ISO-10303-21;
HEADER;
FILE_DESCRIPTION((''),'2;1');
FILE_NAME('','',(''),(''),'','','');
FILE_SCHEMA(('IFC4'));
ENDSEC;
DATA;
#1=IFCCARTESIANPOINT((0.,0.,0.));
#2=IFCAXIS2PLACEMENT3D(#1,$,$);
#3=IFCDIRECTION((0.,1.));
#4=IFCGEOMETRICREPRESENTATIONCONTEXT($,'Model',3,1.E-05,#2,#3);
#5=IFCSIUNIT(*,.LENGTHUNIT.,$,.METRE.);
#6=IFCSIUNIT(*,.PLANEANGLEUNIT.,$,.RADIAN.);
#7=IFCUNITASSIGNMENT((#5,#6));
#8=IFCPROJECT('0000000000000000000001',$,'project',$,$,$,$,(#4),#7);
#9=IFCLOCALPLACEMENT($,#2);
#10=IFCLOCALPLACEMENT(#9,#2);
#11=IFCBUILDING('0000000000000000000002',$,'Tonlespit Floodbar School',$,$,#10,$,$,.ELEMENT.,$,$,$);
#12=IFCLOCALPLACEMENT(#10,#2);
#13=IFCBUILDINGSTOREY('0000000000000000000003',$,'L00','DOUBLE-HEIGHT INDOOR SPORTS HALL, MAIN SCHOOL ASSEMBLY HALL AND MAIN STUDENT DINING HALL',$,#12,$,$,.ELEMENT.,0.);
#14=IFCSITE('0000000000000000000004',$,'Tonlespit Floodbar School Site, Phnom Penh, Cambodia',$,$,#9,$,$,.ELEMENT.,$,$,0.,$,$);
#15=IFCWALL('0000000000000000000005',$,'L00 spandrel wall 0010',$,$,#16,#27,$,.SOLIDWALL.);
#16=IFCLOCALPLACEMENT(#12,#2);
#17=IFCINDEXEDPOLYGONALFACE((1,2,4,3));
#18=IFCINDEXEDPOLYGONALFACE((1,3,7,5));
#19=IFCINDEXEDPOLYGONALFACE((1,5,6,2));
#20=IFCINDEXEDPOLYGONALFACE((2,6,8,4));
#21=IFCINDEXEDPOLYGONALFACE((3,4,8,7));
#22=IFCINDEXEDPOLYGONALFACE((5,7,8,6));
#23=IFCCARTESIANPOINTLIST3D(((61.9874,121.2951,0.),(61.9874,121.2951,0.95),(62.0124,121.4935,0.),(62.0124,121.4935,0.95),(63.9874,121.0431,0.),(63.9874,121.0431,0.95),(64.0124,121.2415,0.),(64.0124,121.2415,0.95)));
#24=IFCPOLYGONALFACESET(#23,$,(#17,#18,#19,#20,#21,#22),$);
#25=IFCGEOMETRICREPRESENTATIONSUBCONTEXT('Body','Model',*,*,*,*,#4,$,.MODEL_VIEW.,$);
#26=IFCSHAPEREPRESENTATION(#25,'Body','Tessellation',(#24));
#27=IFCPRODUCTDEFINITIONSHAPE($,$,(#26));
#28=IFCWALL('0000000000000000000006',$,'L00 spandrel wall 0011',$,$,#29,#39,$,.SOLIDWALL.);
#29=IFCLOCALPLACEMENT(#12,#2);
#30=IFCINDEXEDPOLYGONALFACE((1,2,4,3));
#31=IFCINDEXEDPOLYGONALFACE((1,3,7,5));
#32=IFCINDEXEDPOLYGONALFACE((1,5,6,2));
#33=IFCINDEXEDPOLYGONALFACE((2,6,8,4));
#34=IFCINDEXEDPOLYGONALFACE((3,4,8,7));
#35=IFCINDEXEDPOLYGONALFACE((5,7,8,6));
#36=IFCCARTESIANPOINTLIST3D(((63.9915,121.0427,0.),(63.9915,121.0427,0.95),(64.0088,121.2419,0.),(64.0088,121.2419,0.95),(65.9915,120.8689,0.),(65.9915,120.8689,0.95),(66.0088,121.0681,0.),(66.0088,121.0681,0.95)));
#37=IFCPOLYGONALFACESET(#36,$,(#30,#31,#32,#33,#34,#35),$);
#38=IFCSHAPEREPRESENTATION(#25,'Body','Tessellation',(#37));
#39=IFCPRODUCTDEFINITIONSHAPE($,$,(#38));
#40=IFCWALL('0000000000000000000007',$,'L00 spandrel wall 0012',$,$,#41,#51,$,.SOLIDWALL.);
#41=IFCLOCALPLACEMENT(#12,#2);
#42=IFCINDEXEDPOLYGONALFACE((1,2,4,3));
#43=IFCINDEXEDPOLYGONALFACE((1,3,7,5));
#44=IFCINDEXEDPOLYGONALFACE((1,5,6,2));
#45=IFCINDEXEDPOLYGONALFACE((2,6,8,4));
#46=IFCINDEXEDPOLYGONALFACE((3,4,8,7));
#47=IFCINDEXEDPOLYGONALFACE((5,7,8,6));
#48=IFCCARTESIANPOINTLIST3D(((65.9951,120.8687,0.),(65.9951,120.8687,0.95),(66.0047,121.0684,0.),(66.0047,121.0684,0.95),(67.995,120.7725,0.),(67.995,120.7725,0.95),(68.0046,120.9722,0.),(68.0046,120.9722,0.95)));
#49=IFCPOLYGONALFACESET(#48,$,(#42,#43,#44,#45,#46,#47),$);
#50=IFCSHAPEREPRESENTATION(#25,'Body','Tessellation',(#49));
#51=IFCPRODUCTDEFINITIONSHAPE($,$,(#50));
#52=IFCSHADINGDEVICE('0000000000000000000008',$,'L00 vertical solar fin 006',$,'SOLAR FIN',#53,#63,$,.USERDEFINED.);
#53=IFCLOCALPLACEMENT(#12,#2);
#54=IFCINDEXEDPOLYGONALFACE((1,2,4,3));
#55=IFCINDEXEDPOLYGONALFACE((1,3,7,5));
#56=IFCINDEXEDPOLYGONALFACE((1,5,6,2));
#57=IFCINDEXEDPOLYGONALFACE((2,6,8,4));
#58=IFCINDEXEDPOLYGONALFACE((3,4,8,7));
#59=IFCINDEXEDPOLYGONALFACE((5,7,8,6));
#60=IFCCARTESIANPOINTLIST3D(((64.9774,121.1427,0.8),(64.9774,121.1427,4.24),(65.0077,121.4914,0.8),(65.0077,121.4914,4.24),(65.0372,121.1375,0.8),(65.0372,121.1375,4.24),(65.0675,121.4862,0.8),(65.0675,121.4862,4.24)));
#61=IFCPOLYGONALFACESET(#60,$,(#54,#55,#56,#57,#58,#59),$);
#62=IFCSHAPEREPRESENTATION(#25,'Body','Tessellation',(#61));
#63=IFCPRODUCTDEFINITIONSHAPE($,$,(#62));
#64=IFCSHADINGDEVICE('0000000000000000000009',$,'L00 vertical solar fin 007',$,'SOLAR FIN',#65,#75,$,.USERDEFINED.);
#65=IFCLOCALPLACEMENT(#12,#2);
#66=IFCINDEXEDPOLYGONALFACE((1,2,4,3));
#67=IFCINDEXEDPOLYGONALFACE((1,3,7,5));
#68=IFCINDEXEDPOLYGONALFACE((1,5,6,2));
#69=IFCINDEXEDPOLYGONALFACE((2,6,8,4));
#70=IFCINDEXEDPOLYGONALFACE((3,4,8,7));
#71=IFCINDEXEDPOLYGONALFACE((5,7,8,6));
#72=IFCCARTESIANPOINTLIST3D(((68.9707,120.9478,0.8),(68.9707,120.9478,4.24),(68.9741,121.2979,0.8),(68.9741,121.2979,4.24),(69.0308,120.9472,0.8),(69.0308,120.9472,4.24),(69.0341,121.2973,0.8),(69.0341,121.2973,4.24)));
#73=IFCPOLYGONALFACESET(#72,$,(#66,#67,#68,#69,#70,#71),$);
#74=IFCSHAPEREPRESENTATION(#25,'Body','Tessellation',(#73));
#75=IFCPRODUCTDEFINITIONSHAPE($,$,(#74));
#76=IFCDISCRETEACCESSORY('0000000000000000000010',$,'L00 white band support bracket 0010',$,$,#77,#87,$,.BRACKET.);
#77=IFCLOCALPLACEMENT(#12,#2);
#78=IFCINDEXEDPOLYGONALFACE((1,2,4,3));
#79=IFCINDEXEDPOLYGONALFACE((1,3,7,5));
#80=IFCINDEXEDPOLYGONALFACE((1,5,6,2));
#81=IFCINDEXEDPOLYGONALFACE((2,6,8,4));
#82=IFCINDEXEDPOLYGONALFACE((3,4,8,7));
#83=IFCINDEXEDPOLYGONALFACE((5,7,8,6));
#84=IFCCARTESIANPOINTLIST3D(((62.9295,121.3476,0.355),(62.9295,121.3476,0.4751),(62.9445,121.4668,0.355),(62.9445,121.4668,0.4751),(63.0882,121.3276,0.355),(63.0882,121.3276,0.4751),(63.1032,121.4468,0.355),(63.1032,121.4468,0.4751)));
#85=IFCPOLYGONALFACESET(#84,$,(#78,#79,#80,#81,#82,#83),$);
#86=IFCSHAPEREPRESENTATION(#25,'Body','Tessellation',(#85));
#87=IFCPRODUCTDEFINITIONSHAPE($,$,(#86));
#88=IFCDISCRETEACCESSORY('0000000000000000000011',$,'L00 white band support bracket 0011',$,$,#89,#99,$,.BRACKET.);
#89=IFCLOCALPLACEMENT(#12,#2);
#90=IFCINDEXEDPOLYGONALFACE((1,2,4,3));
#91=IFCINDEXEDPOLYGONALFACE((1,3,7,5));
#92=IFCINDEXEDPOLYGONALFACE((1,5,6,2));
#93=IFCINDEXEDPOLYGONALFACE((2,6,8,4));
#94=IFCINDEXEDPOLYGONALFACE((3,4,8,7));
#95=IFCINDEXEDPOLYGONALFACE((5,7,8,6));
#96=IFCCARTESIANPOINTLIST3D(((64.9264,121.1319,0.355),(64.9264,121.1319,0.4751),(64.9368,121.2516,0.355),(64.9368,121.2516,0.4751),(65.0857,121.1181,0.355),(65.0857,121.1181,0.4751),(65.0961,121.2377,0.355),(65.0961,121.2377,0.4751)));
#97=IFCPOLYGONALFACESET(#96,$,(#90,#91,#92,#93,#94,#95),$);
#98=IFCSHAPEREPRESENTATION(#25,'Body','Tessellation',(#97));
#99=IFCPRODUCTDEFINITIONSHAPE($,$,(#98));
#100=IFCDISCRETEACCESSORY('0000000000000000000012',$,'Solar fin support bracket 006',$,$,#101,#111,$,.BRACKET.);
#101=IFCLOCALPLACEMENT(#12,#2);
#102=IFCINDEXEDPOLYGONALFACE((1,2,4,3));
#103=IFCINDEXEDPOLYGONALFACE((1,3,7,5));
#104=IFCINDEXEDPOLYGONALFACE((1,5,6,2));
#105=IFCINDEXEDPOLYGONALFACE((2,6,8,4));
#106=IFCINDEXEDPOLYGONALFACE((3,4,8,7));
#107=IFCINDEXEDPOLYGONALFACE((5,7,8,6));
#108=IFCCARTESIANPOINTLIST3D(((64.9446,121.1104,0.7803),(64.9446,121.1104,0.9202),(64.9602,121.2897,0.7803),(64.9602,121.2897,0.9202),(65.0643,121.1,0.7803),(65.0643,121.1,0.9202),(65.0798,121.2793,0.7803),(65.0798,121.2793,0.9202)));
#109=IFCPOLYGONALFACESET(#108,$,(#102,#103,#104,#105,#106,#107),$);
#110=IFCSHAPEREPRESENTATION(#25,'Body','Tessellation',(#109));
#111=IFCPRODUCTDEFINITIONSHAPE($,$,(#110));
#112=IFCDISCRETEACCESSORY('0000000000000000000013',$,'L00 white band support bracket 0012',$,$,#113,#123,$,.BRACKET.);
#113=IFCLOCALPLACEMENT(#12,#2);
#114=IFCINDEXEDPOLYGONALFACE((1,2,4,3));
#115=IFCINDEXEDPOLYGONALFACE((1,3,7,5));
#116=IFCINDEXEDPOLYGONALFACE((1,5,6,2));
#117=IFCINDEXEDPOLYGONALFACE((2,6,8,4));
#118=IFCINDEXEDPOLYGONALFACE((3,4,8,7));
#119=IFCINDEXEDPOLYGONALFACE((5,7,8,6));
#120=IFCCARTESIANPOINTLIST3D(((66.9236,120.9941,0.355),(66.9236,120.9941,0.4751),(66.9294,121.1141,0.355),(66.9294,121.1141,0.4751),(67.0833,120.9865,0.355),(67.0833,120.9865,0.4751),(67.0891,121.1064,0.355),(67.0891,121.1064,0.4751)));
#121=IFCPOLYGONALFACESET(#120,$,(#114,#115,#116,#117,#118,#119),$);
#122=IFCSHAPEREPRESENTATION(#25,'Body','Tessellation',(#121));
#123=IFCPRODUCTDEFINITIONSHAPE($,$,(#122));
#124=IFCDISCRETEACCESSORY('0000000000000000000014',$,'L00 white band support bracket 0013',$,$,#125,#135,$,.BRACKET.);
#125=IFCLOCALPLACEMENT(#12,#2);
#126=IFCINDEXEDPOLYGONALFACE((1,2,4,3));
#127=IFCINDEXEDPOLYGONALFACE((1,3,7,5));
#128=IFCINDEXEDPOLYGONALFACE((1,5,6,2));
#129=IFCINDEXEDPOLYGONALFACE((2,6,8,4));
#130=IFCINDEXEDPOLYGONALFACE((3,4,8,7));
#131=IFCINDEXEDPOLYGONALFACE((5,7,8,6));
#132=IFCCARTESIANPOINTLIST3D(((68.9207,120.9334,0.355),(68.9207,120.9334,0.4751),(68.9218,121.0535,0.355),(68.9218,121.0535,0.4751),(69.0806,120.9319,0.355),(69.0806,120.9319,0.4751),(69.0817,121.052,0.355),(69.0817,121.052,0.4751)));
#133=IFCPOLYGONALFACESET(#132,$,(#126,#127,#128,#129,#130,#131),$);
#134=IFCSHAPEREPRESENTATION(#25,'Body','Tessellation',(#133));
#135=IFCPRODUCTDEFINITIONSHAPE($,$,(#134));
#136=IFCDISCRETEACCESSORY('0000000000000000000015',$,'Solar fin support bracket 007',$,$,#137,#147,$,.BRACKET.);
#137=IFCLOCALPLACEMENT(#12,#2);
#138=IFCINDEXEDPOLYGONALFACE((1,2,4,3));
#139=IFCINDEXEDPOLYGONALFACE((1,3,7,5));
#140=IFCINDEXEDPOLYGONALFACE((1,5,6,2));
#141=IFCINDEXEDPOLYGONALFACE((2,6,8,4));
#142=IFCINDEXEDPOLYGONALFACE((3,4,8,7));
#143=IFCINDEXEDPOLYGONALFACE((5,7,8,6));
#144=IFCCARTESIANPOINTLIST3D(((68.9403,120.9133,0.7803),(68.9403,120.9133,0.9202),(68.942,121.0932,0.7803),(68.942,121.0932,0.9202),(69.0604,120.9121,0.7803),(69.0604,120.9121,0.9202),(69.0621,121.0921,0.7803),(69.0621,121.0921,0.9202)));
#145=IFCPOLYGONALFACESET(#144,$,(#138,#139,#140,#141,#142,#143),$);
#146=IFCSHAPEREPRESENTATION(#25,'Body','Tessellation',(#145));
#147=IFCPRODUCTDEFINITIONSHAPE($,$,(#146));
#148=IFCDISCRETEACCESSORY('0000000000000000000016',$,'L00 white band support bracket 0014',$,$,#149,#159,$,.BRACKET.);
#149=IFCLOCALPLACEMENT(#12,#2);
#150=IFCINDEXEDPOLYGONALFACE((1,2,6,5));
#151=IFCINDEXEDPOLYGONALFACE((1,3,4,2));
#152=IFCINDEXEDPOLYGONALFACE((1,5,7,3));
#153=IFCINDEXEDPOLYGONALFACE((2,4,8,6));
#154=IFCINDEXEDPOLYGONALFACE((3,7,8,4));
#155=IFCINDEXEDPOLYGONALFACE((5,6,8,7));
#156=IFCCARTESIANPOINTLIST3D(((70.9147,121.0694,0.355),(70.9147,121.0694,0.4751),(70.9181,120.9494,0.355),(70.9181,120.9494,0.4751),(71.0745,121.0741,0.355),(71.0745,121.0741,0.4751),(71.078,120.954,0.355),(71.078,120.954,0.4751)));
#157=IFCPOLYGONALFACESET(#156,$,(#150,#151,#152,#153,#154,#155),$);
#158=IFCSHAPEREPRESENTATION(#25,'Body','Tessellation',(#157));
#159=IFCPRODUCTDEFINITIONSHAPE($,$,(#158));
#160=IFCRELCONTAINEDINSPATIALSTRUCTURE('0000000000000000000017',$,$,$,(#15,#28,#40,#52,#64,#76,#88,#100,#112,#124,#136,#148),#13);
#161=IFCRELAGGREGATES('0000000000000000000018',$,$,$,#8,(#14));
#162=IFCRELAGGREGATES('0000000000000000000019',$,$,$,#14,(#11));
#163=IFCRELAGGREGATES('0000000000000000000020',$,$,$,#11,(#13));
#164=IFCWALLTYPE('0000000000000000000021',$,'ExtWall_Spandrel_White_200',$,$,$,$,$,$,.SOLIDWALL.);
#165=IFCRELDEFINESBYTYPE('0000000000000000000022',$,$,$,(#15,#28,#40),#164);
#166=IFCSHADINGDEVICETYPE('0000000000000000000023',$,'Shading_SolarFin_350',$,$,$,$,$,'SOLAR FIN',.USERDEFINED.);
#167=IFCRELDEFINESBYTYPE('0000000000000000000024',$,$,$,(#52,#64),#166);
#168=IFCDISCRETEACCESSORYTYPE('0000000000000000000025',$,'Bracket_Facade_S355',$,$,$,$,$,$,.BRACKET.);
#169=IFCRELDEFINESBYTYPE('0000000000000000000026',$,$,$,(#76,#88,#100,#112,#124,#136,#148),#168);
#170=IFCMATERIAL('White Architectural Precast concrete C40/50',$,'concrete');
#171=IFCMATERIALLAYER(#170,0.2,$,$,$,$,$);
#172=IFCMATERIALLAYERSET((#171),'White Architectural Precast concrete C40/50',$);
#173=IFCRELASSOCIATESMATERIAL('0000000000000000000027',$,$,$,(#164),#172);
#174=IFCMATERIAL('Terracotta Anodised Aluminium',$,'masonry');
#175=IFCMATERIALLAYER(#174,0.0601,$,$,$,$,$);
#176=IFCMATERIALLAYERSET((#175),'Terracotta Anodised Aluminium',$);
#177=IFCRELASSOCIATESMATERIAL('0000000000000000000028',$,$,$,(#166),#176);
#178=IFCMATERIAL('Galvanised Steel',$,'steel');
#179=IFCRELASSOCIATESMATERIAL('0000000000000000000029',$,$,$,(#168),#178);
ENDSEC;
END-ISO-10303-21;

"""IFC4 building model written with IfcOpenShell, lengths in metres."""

from ifc_helpers import new_model, si_unit, direction, frame, frame_2d, origin, origin_2d, place, context, subcontext, project, spatial, rectangle, extrude, material, layer, layer_set, type_object, element, save


model = new_model("IFC4")

# Units and contexts
model_context = context("Model", 3, precision=1e-05, world=origin(), true_north=direction((0.0, 1.0)))
body_context = subcontext(model_context, "Body", "Model", "MODEL_VIEW")
ifc_project = project(units=[si_unit("LENGTHUNIT", "METRE"), si_unit("PLANEANGLEUNIT", "RADIAN")], contexts=[model_context])

# Site, building, storey
site_placement = place(None, origin())
site = spatial("IfcSite", under=ifc_project, at=site_placement, Name="Tonlespit Floodbar School Site, Phnom Penh, Cambodia", CompositionType="ELEMENT", RefElevation=0.0)
building_placement = place(site_placement, origin())
building = spatial("IfcBuilding", under=site, at=building_placement, Name="Tonlespit Floodbar School", CompositionType="ELEMENT")
storey_placement = place(building_placement, origin())
storey = spatial("IfcBuildingStorey", under=building, at=storey_placement, Name="L00", Description="DOUBLE-HEIGHT INDOOR SPORTS HALL, MAIN SCHOOL ASSEMBLY HALL AND MAIN STUDENT DINING HALL", CompositionType="ELEMENT", Elevation=0.0)

# Walls
ifc_material_1 = material(Name="White Architectural Precast concrete C40/50", Category="concrete")
ifc_layer_1 = layer(ifc_material_1, 0.2)
ifc_layer_set_1 = layer_set([ifc_layer_1], Name="White Architectural Precast concrete C40/50")
wall_type = type_object("IfcWallType", Name="ExtWall_Spandrel_White_200", PredefinedType="SOLIDWALL", material=ifc_layer_set_1)
wall_1_placement = place(storey_placement, frame((62.0, 121.3943, 0.0), z_axis=(0.0, 0.0, 1.0), x_axis=(0.992158, -0.124989, 0.0)))
element("IfcWall", 1, at=wall_1_placement, inside=storey, type_object=wall_type, Name="L00 spandrel wall 0010", PredefinedType="SOLIDWALL", context=body_context, shape_type="SweptSolid", body=[
    extrude(rectangle(XDim=2.0159, YDim=0.2, at=frame_2d((1.0078, 0.0))), origin(), (0.0, 0.0, 1.0), 0.95),
])
wall_2_placement = place(storey_placement, frame((64.0, 121.1423, 0.0), z_axis=(0.0, 0.0, 1.0), x_axis=(0.996244, -0.086588, 0.0)))
element("IfcWall", 2, at=wall_2_placement, inside=storey, type_object=wall_type, Name="L00 spandrel wall 0011", PredefinedType="SOLIDWALL", context=body_context, shape_type="SweptSolid", body=[
    extrude(rectangle(XDim=2.0076, YDim=0.2, at=frame_2d((1.0039, 0.0))), origin(), (0.0, 0.0, 1.0), 0.95),
])
wall_3_placement = place(storey_placement, frame((66.0, 120.9685, 0.0), z_axis=(0.0, 0.0, 1.0), x_axis=(0.998845, -0.04804, 0.0)))
element("IfcWall", 3, at=wall_3_placement, inside=storey, type_object=wall_type, Name="L00 spandrel wall 0012", PredefinedType="SOLIDWALL", context=body_context, shape_type="SweptSolid", body=[
    extrude(rectangle(XDim=2.0022, YDim=0.2, at=frame_2d((1.001, 0.0))), origin(), (0.0, 0.0, 1.0), 0.95),
])

# Shading devices
ifc_material_2 = material(Name="Terracotta Anodised Aluminium", Category="masonry")
ifc_layer_2 = layer(ifc_material_2, 0.0601)
ifc_layer_set_2 = layer_set([ifc_layer_2], Name="Terracotta Anodised Aluminium")
shading_device_type = type_object("IfcShadingDeviceType", Name="Shading_SolarFin_350", ElementType="SOLAR FIN", PredefinedType="USERDEFINED", material=ifc_layer_set_2)
for number, where, z_axis, x_axis, name in (
    (4, (65.0225, 121.3145, 0.8), (0.0, 0.0, 1.0), (0.996245, -0.086573, 0.0), "L00 vertical solar fin 006"),
    (5, (69.0024, 121.1226, 0.8), (0.0, 0.0, 1.0), (0.999954, -0.009599, 0.0), "L00 vertical solar fin 007"),
):
    element("IfcShadingDevice", number, at=place(storey_placement, frame(where, z_axis=z_axis, x_axis=x_axis)), inside=storey, type_object=shading_device_type, Name=name, ObjectType="SOLAR FIN", PredefinedType="USERDEFINED", context=body_context, shape_type="SweptSolid", body=[
        extrude(rectangle(XDim=0.0601, YDim=0.3501, at=origin_2d()), origin(), (0.0, 0.0, 1.0), 3.4399),
    ])

# Discrete accessories
ifc_material_3 = material(Name="Galvanised Steel", Category="steel")
discrete_accessory_type = type_object("IfcDiscreteAccessoryType", Name="Bracket_Facade_S355", PredefinedType="BRACKET", material=ifc_material_3)
for number, where, z_axis, x_axis, name in (
    (6, (63.0164, 121.3972, 0.355), (0.0, 0.0, 1.0), (0.992155, -0.125011, 0.0), "L00 white band support bracket 0010"),
    (7, (65.0112, 121.1848, 0.355), (0.0, 0.0, 1.0), (0.996245, -0.086573, 0.0), "L00 white band support bracket 0011"),
):
    element("IfcDiscreteAccessory", number, at=place(storey_placement, frame(where, z_axis=z_axis, x_axis=x_axis)), inside=storey, type_object=discrete_accessory_type, Name=name, PredefinedType="BRACKET", context=body_context, shape_type="SweptSolid", body=[
        extrude(rectangle(XDim=0.1599, YDim=0.1201, at=origin_2d()), origin(), (0.0, 0.0, 1.0), 0.1201),
    ])
discrete_accessory_1_placement = place(storey_placement, frame((65.0122, 121.1948, 0.7803), z_axis=(0.0, 0.0, 1.0), x_axis=(0.996245, -0.086573, 0.0)))
element("IfcDiscreteAccessory", 8, at=discrete_accessory_1_placement, inside=storey, type_object=discrete_accessory_type, Name="Solar fin support bracket 006", PredefinedType="BRACKET", context=body_context, shape_type="SweptSolid", body=[
    extrude(rectangle(XDim=0.1201, YDim=0.1799, at=origin_2d()), origin(), (0.0, 0.0, 1.0), 0.1399),
])
for number, where, z_axis, x_axis, name in (
    (9, (67.0063, 121.0503, 0.355), (0.0, 0.0, 1.0), (0.998843, -0.048095, 0.0), "L00 white band support bracket 0012"),
    (10, (69.0012, 120.9927, 0.355), (0.0, 0.0, 1.0), (0.999954, -0.009599, 0.0), "L00 white band support bracket 0013"),
):
    element("IfcDiscreteAccessory", number, at=place(storey_placement, frame(where, z_axis=z_axis, x_axis=x_axis)), inside=storey, type_object=discrete_accessory_type, Name=name, PredefinedType="BRACKET", context=body_context, shape_type="SweptSolid", body=[
        extrude(rectangle(XDim=0.1599, YDim=0.1201, at=origin_2d()), origin(), (0.0, 0.0, 1.0), 0.1201),
    ])
discrete_accessory_2_placement = place(storey_placement, frame((69.0012, 121.0027, 0.7803), z_axis=(0.0, 0.0, 1.0), x_axis=(0.999954, -0.009599, 0.0)))
element("IfcDiscreteAccessory", 11, at=discrete_accessory_2_placement, inside=storey, type_object=discrete_accessory_type, Name="Solar fin support bracket 007", PredefinedType="BRACKET", context=body_context, shape_type="SweptSolid", body=[
    extrude(rectangle(XDim=0.1201, YDim=0.1799, at=origin_2d()), origin(), (0.0, 0.0, 1.0), 0.1399),
])
discrete_accessory_3_placement = place(storey_placement, frame((70.9963, 121.0117, 0.355), z_axis=(0.0, 0.0, 1.0), x_axis=(0.999584, 0.028838, 0.0)))
element("IfcDiscreteAccessory", 12, at=discrete_accessory_3_placement, inside=storey, type_object=discrete_accessory_type, Name="L00 white band support bracket 0014", PredefinedType="BRACKET", context=body_context, shape_type="SweptSolid", body=[
    extrude(rectangle(XDim=0.1599, YDim=0.1201, at=origin_2d()), origin(), (0.0, 0.0, 1.0), 0.1201),
])

save(model, "model.ifc")
